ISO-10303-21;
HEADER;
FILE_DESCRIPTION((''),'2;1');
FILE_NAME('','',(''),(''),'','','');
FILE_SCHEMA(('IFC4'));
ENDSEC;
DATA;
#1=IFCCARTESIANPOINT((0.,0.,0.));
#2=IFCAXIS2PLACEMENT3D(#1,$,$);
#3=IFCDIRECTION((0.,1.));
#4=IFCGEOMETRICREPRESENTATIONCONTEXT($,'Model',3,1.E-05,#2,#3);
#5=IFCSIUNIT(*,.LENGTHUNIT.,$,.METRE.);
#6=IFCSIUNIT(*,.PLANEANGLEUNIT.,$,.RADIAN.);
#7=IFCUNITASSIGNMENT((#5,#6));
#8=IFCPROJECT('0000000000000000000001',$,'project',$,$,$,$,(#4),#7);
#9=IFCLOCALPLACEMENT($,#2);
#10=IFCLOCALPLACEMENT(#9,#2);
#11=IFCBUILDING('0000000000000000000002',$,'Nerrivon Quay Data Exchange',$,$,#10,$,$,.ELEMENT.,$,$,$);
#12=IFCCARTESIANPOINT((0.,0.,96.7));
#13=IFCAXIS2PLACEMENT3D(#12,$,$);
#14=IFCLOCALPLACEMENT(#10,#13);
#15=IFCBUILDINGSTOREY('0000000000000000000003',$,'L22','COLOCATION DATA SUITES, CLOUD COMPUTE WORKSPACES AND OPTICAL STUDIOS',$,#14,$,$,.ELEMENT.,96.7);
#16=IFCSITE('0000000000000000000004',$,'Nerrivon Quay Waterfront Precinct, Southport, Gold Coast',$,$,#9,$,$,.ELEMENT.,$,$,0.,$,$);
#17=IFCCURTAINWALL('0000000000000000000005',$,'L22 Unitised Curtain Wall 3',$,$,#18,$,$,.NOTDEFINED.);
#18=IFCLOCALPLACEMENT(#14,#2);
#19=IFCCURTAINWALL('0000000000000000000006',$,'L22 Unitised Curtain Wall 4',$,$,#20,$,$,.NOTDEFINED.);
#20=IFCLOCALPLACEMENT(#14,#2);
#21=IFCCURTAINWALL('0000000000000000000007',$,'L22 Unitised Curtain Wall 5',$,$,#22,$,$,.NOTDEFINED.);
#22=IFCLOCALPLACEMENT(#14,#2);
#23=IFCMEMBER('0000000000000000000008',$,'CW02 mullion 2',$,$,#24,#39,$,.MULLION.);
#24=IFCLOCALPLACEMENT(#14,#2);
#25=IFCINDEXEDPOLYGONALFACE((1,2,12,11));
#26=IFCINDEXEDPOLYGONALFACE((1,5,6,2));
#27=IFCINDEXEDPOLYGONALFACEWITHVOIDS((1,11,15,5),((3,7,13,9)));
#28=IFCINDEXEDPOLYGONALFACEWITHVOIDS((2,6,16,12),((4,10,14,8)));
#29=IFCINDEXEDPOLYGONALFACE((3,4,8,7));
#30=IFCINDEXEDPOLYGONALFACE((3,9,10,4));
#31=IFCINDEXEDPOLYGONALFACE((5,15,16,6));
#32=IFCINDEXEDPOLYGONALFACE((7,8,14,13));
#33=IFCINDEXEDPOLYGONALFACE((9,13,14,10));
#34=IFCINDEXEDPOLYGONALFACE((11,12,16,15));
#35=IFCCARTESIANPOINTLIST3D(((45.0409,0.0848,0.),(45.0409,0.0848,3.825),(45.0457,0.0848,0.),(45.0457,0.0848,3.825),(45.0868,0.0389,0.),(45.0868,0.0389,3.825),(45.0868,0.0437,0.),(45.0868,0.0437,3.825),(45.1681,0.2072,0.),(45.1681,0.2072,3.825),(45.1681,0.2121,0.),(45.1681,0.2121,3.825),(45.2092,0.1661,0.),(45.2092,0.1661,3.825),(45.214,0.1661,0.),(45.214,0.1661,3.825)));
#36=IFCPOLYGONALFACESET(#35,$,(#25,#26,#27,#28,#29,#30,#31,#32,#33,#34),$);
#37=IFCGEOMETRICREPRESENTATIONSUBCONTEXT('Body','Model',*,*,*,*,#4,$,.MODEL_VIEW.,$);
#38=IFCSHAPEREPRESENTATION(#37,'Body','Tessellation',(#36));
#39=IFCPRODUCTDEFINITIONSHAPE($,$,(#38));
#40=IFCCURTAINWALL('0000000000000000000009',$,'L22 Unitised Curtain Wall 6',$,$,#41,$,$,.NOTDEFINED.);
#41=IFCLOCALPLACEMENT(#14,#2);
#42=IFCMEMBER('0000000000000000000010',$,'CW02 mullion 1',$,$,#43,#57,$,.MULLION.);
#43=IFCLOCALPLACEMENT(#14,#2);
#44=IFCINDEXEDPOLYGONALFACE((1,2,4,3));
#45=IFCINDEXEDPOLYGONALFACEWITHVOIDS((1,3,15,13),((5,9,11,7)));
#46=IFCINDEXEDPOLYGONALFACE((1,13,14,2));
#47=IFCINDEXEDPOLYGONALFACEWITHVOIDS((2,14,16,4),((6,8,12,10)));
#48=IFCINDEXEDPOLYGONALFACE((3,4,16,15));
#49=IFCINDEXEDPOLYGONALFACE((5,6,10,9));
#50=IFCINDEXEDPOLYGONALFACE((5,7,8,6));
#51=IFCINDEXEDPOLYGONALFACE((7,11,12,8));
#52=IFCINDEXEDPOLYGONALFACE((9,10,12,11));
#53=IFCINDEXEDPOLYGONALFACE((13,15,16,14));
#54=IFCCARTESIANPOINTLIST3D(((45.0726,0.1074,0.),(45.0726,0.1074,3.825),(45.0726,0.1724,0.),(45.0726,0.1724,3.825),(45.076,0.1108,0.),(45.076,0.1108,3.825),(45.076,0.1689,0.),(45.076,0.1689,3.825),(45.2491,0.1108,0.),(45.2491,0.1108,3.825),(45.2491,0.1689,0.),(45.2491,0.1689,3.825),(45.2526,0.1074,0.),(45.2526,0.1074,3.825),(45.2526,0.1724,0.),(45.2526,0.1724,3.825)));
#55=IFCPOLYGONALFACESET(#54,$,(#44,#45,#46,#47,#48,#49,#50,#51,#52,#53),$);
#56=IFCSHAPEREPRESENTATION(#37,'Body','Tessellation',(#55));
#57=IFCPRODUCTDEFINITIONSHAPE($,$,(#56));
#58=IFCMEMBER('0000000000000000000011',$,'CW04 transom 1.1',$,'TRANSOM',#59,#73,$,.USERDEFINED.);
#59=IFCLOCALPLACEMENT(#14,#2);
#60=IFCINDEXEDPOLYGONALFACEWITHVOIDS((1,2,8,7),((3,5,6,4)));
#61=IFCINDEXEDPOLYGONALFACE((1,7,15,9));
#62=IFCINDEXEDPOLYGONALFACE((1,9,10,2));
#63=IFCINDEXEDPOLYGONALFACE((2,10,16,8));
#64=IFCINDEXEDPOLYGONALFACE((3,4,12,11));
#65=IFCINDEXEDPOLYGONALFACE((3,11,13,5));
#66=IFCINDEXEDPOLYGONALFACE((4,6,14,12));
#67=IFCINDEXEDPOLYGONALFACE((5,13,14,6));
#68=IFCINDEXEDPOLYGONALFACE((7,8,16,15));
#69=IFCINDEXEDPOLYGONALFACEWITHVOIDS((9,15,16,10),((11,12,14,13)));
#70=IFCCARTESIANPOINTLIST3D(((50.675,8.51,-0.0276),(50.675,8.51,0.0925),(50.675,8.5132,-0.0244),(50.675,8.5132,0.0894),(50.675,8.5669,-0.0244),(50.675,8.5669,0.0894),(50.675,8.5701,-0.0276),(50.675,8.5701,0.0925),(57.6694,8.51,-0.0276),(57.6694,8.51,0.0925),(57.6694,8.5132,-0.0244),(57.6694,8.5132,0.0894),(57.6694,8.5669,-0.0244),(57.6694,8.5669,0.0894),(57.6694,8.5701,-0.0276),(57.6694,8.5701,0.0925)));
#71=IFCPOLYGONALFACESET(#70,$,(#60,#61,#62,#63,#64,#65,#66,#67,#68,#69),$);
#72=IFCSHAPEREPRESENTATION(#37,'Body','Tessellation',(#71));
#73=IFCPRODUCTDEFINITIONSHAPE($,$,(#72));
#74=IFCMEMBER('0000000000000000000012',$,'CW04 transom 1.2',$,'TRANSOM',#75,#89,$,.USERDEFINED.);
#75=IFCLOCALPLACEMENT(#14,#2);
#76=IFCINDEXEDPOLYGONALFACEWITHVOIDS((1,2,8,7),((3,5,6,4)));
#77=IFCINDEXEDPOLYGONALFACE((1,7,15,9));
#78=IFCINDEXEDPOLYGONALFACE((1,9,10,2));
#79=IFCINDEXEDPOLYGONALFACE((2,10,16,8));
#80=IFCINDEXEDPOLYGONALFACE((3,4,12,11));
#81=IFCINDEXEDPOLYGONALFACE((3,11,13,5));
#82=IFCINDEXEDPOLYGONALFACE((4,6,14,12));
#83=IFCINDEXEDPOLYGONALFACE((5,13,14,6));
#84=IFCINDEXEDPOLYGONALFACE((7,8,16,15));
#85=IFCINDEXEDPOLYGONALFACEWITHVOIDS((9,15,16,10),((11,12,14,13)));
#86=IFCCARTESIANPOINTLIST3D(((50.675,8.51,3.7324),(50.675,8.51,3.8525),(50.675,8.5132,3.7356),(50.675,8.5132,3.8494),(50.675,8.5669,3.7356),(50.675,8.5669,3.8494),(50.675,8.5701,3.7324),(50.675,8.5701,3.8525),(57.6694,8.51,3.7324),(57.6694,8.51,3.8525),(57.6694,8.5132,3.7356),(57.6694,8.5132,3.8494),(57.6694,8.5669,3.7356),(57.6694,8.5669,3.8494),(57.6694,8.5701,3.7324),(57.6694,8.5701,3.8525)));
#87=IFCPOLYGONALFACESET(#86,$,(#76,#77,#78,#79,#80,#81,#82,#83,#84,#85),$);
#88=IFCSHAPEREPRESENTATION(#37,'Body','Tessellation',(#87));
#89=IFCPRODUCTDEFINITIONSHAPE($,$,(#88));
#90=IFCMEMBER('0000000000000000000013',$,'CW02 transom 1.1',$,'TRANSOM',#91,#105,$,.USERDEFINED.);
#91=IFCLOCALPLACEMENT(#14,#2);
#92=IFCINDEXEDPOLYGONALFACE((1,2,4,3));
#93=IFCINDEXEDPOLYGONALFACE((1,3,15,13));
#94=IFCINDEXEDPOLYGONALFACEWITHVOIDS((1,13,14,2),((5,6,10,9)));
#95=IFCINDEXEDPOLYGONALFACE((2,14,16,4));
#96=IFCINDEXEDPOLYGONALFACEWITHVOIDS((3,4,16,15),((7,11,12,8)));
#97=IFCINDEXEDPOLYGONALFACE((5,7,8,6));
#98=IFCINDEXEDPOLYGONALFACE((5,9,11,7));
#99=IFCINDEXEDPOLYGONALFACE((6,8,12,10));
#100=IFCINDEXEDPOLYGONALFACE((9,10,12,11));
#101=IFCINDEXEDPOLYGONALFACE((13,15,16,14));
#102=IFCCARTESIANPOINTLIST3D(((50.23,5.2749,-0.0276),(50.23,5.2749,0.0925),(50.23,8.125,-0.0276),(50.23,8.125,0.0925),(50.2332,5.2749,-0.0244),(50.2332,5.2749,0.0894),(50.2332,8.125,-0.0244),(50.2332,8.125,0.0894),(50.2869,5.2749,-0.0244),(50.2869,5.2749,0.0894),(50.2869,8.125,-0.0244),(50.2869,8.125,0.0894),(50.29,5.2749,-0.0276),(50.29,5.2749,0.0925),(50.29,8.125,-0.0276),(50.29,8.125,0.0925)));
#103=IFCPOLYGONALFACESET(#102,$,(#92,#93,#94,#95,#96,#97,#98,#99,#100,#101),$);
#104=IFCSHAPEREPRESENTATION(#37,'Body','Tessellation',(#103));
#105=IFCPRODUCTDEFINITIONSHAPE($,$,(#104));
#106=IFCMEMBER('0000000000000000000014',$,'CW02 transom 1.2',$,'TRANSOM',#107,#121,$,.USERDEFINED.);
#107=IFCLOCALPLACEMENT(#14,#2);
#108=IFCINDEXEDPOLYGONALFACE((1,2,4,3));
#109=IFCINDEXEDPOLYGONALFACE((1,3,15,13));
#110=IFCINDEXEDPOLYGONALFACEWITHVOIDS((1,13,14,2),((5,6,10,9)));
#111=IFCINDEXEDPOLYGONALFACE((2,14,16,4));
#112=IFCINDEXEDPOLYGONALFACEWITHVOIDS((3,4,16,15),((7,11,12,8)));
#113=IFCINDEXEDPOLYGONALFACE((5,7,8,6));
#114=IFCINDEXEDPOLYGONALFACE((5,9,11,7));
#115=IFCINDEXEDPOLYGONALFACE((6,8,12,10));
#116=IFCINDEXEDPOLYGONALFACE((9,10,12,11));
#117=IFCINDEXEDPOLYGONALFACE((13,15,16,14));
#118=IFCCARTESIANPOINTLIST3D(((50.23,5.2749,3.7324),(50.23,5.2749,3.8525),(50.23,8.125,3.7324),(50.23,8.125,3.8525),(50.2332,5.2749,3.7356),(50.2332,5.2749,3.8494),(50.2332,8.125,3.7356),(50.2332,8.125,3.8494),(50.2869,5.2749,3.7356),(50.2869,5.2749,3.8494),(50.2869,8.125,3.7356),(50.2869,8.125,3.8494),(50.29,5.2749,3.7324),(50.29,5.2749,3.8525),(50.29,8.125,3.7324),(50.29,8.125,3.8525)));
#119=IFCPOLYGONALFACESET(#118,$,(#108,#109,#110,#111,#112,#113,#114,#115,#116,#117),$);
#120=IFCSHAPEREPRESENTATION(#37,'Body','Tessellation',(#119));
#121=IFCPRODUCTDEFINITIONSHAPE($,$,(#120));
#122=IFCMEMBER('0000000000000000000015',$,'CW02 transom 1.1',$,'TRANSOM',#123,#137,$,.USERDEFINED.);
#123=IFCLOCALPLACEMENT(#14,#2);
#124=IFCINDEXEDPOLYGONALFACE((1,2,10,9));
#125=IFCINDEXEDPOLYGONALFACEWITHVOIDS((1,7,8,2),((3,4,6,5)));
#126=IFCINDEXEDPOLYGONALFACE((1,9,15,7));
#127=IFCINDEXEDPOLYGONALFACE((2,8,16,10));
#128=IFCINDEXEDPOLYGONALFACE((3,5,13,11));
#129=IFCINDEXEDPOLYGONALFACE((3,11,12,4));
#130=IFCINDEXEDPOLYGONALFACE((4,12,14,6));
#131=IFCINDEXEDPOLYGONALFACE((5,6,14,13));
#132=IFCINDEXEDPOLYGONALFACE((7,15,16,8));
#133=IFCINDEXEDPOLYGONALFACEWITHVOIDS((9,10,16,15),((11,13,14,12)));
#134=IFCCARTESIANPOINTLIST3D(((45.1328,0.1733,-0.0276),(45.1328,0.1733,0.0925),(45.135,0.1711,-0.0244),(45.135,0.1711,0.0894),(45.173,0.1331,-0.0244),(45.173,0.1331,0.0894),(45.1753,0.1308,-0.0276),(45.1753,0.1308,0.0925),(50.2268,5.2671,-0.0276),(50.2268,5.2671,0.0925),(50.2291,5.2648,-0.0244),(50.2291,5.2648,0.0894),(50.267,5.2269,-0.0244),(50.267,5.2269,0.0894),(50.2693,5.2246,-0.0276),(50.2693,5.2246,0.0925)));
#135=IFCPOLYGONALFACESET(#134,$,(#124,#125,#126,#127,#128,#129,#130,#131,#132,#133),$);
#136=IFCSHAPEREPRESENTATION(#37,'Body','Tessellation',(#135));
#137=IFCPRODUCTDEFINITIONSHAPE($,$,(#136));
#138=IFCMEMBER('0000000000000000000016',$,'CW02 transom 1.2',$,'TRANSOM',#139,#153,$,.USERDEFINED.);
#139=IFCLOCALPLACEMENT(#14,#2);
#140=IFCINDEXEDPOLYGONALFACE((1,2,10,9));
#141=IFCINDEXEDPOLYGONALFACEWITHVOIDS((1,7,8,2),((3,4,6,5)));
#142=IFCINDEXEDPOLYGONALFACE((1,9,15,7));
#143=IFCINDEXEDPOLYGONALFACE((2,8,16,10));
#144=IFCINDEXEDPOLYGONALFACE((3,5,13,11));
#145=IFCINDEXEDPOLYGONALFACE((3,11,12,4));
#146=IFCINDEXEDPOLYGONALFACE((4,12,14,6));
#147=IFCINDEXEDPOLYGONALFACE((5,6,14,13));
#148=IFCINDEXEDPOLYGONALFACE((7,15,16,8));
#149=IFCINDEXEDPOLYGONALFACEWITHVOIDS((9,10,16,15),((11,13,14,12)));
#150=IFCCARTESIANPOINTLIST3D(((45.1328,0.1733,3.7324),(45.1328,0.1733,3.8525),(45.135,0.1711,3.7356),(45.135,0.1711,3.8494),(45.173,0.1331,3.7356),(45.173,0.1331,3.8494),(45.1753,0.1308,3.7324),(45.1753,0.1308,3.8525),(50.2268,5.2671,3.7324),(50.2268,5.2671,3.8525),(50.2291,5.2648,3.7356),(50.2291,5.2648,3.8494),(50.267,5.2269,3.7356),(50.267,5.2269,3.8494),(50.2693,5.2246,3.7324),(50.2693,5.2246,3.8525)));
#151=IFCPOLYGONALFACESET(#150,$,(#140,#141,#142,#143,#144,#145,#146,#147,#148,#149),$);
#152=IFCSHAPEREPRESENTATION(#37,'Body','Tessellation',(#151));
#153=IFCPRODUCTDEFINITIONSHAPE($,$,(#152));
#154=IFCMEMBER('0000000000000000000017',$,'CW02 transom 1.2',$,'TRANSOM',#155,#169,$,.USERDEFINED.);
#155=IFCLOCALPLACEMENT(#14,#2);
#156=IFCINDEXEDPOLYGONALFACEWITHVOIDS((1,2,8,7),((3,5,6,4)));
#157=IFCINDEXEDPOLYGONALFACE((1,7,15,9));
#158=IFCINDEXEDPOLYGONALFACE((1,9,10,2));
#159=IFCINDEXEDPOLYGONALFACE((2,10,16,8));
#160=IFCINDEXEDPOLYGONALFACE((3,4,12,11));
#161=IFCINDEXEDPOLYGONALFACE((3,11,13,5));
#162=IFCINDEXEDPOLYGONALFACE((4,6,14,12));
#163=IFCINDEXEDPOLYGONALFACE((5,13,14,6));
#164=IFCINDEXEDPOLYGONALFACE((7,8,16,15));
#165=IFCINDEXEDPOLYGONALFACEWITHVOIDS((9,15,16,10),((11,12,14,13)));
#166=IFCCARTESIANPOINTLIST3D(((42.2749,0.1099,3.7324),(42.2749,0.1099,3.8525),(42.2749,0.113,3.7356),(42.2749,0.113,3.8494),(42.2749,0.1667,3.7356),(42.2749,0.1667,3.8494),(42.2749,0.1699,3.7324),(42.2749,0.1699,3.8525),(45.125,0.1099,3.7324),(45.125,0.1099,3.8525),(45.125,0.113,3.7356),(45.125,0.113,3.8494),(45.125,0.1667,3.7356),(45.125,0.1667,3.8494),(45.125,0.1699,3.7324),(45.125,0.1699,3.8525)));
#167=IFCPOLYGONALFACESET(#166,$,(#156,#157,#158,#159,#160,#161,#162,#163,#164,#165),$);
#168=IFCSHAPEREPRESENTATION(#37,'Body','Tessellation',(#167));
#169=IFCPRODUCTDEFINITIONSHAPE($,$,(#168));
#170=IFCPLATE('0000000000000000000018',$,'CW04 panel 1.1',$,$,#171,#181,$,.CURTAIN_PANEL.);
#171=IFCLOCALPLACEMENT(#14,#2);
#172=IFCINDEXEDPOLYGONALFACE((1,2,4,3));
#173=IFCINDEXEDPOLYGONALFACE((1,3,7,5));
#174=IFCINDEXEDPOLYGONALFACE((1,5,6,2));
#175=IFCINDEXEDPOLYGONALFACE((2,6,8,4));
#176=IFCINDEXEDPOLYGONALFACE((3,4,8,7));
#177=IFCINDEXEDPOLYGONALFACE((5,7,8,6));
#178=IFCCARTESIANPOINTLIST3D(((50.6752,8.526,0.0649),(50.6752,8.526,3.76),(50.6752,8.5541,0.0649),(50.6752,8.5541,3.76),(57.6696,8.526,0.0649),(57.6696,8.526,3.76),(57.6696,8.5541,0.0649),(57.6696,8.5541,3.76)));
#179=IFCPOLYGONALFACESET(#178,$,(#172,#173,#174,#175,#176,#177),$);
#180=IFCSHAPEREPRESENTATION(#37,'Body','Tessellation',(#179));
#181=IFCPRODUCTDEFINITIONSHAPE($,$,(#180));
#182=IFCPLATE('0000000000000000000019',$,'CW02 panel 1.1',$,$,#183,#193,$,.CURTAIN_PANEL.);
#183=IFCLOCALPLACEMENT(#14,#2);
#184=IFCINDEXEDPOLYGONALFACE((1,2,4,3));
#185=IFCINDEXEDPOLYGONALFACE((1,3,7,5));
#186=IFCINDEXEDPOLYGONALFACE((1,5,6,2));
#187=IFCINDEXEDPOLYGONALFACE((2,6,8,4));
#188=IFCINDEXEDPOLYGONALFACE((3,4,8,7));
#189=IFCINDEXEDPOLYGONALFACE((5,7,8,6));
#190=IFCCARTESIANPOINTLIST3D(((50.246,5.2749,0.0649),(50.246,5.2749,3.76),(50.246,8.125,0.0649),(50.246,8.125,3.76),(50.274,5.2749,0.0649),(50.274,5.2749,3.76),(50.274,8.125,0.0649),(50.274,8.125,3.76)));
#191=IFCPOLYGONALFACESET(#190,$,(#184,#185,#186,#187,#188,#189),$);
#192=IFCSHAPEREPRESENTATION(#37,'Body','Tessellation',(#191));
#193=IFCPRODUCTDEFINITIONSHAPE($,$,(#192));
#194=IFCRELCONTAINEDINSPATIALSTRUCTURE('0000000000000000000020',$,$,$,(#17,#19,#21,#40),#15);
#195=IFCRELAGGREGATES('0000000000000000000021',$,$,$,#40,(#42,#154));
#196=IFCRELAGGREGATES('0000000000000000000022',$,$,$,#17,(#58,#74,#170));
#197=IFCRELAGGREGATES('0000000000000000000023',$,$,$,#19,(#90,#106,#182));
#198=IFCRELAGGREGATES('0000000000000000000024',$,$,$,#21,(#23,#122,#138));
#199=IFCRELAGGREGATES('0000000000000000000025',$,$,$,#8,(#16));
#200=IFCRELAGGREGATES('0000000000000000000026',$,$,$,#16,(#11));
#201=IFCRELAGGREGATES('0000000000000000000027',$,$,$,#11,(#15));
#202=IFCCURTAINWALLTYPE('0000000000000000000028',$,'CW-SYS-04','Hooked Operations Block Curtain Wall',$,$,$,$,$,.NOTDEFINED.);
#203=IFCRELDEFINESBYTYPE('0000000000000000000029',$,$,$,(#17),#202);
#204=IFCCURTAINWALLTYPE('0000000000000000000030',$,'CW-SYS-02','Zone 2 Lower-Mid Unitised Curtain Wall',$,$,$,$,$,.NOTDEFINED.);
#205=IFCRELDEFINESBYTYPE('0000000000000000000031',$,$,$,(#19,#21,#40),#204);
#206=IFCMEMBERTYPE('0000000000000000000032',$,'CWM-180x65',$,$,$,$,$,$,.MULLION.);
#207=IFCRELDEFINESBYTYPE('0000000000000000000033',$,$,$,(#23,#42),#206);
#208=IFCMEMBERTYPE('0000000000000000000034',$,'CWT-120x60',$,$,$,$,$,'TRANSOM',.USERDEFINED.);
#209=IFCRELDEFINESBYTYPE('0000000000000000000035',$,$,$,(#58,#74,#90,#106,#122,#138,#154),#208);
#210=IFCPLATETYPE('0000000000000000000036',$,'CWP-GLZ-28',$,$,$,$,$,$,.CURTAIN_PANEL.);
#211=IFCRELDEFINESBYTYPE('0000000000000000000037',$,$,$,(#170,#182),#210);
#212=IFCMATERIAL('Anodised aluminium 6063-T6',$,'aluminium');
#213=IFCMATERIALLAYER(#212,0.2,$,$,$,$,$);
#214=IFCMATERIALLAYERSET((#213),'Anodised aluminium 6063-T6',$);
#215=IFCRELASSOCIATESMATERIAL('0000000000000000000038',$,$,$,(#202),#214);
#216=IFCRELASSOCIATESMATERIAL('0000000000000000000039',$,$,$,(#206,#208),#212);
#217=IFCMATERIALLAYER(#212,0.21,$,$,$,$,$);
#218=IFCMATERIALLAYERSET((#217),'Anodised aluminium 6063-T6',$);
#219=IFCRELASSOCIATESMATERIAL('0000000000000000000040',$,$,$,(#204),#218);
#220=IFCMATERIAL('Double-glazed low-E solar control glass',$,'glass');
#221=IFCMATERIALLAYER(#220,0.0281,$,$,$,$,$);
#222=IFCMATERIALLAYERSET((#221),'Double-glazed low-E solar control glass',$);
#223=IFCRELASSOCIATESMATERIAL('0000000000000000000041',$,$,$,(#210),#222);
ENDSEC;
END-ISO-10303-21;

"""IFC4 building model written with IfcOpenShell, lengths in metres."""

from ifc_helpers import new_model, si_unit, direction, frame, origin, origin_2d, place, context, subcontext, project, spatial, rectangle, hollow_rectangle, extrude, material, layer, layer_set, material_profile, profile_set, type_object, element, aggregate, save


model = new_model("IFC4")

# Units and contexts
model_context = context("Model", 3, precision=1e-05, world=origin(), true_north=direction((0.0, 1.0)))
body_context = subcontext(model_context, "Body", "Model", "MODEL_VIEW")
ifc_project = project(units=[si_unit("LENGTHUNIT", "METRE"), si_unit("PLANEANGLEUNIT", "RADIAN")], contexts=[model_context])

# Site, building, storey
site_placement = place(None, origin())
site = spatial("IfcSite", under=ifc_project, at=site_placement, Name="Nerrivon Quay Waterfront Precinct, Southport, Gold Coast", CompositionType="ELEMENT", RefElevation=0.0)
building_placement = place(site_placement, origin())
building = spatial("IfcBuilding", under=site, at=building_placement, Name="Nerrivon Quay Data Exchange", CompositionType="ELEMENT")
storey_placement = place(building_placement, frame((0.0, 0.0, 96.7)))
storey = spatial("IfcBuildingStorey", under=building, at=storey_placement, Name="L22", Description="COLOCATION DATA SUITES, CLOUD COMPUTE WORKSPACES AND OPTICAL STUDIOS", CompositionType="ELEMENT", Elevation=96.7)

# Curtain walls, member
ifc_material_1 = material(Name="Anodised aluminium 6063-T6", Category="aluminium")
ifc_layer_1 = layer(ifc_material_1, 0.2)
ifc_layer_set_1 = layer_set([ifc_layer_1], Name="Anodised aluminium 6063-T6")
curtain_wall_type_1 = type_object("IfcCurtainWallType", Name="CW-SYS-04", Description="Hooked Operations Block Curtain Wall", PredefinedType="NOTDEFINED", material=ifc_layer_set_1)
curtain_wall_1_placement = place(storey_placement, origin())
curtain_wall_1 = element("IfcCurtainWall", 1, at=curtain_wall_1_placement, inside=storey, type_object=curtain_wall_type_1, Name="L22 Unitised Curtain Wall 3", PredefinedType="NOTDEFINED")
ifc_material_profile_1 = material_profile(ifc_material_1, hollow_rectangle(XDim=0.0649, YDim=0.1799, WallThickness=0.0034, at=origin_2d()), Name="ALU-MULL-180x65")
ifc_profile_set_1 = profile_set([ifc_material_profile_1], Name="Anodised aluminium 6063-T6")
member_type_1 = type_object("IfcMemberType", Name="CWM-180x65", PredefinedType="MULLION", material=ifc_profile_set_1)
ifc_layer_2 = layer(ifc_material_1, 0.21)
ifc_layer_set_2 = layer_set([ifc_layer_2], Name="Anodised aluminium 6063-T6")
curtain_wall_type_2 = type_object("IfcCurtainWallType", Name="CW-SYS-02", Description="Zone 2 Lower-Mid Unitised Curtain Wall", PredefinedType="NOTDEFINED", material=ifc_layer_set_2)
curtain_wall_2_placement = place(storey_placement, origin())
curtain_wall_2 = element("IfcCurtainWall", 2, at=curtain_wall_2_placement, inside=storey, type_object=curtain_wall_type_2, Name="L22 Unitised Curtain Wall 4", PredefinedType="NOTDEFINED")
curtain_wall_3_placement = place(storey_placement, origin())
curtain_wall_3 = element("IfcCurtainWall", 3, at=curtain_wall_3_placement, inside=storey, type_object=curtain_wall_type_2, Name="L22 Unitised Curtain Wall 5", PredefinedType="NOTDEFINED")
member_1_placement = place(storey_placement, frame((45.1274, 0.1255, 0.0), z_axis=(0.0, 0.0, 1.0), x_axis=(0.707107, -0.707107, 0.0)))
member_1 = element("IfcMember", 4, at=member_1_placement, type_object=member_type_1, Name="CW02 mullion 2", PredefinedType="MULLION", context=body_context, shape_type="SweptSolid", body=[
    extrude(hollow_rectangle(XDim=0.0649, YDim=0.1799, WallThickness=0.0034, at=origin_2d()), origin(), (0.0, 0.0, 1.0), 3.825),
])

# Curtain wall, member
curtain_wall_4_placement = place(storey_placement, origin())
curtain_wall_4 = element("IfcCurtainWall", 5, at=curtain_wall_4_placement, inside=storey, type_object=curtain_wall_type_2, Name="L22 Unitised Curtain Wall 6", PredefinedType="NOTDEFINED")
member_2_placement = place(storey_placement, frame((45.1626, 0.1399, 0.0), z_axis=(0.0, 0.0, 1.0), x_axis=(0.0, -1.0, 0.0)))
member_2 = element("IfcMember", 6, at=member_2_placement, type_object=member_type_1, Name="CW02 mullion 1", PredefinedType="MULLION", context=body_context, shape_type="SweptSolid", body=[
    extrude(hollow_rectangle(XDim=0.0649, YDim=0.1799, WallThickness=0.0034, at=origin_2d()), origin(), (0.0, 0.0, 1.0), 3.825),
])

# Members
ifc_material_profile_2 = material_profile(ifc_material_1, hollow_rectangle(XDim=0.0601, YDim=0.1201, WallThickness=0.0032, at=origin_2d()), Name="ALU-TRAN-120x60")
ifc_profile_set_2 = profile_set([ifc_material_profile_2], Name="Anodised aluminium 6063-T6")
member_type_2 = type_object("IfcMemberType", Name="CWT-120x60", ElementType="TRANSOM", PredefinedType="USERDEFINED", material=ifc_profile_set_2)
member_3_placement = place(storey_placement, frame((57.6694, 8.54, 0.0325), z_axis=(-1.0, 0.0, 0.0), x_axis=(0.0, -1.0, 0.0)))
member_3 = element("IfcMember", 7, at=member_3_placement, type_object=member_type_2, Name="CW04 transom 1.1", ObjectType="TRANSOM", PredefinedType="USERDEFINED", context=body_context, shape_type="SweptSolid", body=[
    extrude(hollow_rectangle(XDim=0.0601, YDim=0.1201, WallThickness=0.0032, at=origin_2d()), origin(), (0.0, 0.0, 1.0), 6.9944),
])
member_4_placement = place(storey_placement, frame((57.6694, 8.54, 3.7925), z_axis=(-1.0, 0.0, 0.0), x_axis=(0.0, -1.0, 0.0)))
member_4 = element("IfcMember", 8, at=member_4_placement, type_object=member_type_2, Name="CW04 transom 1.2", ObjectType="TRANSOM", PredefinedType="USERDEFINED", context=body_context, shape_type="SweptSolid", body=[
    extrude(hollow_rectangle(XDim=0.0601, YDim=0.1201, WallThickness=0.0032, at=origin_2d()), origin(), (0.0, 0.0, 1.0), 6.9944),
])
member_5_placement = place(storey_placement, frame((50.26, 8.125, 0.0325), z_axis=(0.0, -1.0, 0.0), x_axis=(1.0, 0.0, 0.0)))
member_5 = element("IfcMember", 9, at=member_5_placement, type_object=member_type_2, Name="CW02 transom 1.1", ObjectType="TRANSOM", PredefinedType="USERDEFINED", context=body_context, shape_type="SweptSolid", body=[
    extrude(hollow_rectangle(XDim=0.0601, YDim=0.1201, WallThickness=0.0032, at=origin_2d()), origin(), (0.0, 0.0, 1.0), 2.8501),
])
member_6_placement = place(storey_placement, frame((50.26, 8.125, 3.7925), z_axis=(0.0, -1.0, 0.0), x_axis=(1.0, 0.0, 0.0)))
member_6 = element("IfcMember", 10, at=member_6_placement, type_object=member_type_2, Name="CW02 transom 1.2", ObjectType="TRANSOM", PredefinedType="USERDEFINED", context=body_context, shape_type="SweptSolid", body=[
    extrude(hollow_rectangle(XDim=0.0601, YDim=0.1201, WallThickness=0.0032, at=origin_2d()), origin(), (0.0, 0.0, 1.0), 2.8501),
])
member_7_placement = place(storey_placement, frame((50.248, 5.2458, 0.0325), z_axis=(-0.707124, -0.70709, 0.0), x_axis=(0.70709, -0.707124, 0.0)))
member_7 = element("IfcMember", 11, at=member_7_placement, type_object=member_type_2, Name="CW02 transom 1.1", ObjectType="TRANSOM", PredefinedType="USERDEFINED", context=body_context, shape_type="SweptSolid", body=[
    extrude(hollow_rectangle(XDim=0.0601, YDim=0.1201, WallThickness=0.0032, at=origin_2d()), origin(), (0.0, 0.0, 1.0), 7.2039),
])
member_8_placement = place(storey_placement, frame((50.248, 5.2458, 3.7925), z_axis=(-0.707124, -0.70709, 0.0), x_axis=(0.70709, -0.707124, 0.0)))
member_8 = element("IfcMember", 12, at=member_8_placement, type_object=member_type_2, Name="CW02 transom 1.2", ObjectType="TRANSOM", PredefinedType="USERDEFINED", context=body_context, shape_type="SweptSolid", body=[
    extrude(hollow_rectangle(XDim=0.0601, YDim=0.1201, WallThickness=0.0032, at=origin_2d()), origin(), (0.0, 0.0, 1.0), 7.2039),
])
member_9_placement = place(storey_placement, frame((45.125, 0.1399, 3.7925), z_axis=(-1.0, 0.0, 0.0), x_axis=(0.0, -1.0, 0.0)))
member_9 = element("IfcMember", 13, at=member_9_placement, type_object=member_type_2, Name="CW02 transom 1.2", ObjectType="TRANSOM", PredefinedType="USERDEFINED", context=body_context, shape_type="SweptSolid", body=[
    extrude(hollow_rectangle(XDim=0.0601, YDim=0.1201, WallThickness=0.0032, at=origin_2d()), origin(), (0.0, 0.0, 1.0), 2.8501),
])
aggregate(curtain_wall_4, [member_2, member_9])

# Plates
ifc_material_2 = material(Name="Double-glazed low-E solar control glass", Category="glass")
ifc_layer_3 = layer(ifc_material_2, 0.0281)
ifc_layer_set_3 = layer_set([ifc_layer_3], Name="Double-glazed low-E solar control glass")
plate_type = type_object("IfcPlateType", Name="CWP-GLZ-28", PredefinedType="CURTAIN_PANEL", material=ifc_layer_set_3)
plate_1_placement = place(storey_placement, frame((54.1724, 8.54, 0.0649), z_axis=(0.0, 0.0, 1.0), x_axis=(-1.0, 0.0, 0.0)))
plate_1 = element("IfcPlate", 14, at=plate_1_placement, type_object=plate_type, Name="CW04 panel 1.1", PredefinedType="CURTAIN_PANEL", context=body_context, shape_type="SweptSolid", body=[
    extrude(rectangle(XDim=6.9944, YDim=0.0281, at=origin_2d()), origin(), (0.0, 0.0, 1.0), 3.6951),
])
aggregate(curtain_wall_1, [member_3, member_4, plate_1])
plate_2_placement = place(storey_placement, frame((50.26, 6.7, 0.0649), z_axis=(0.0, 0.0, 1.0), x_axis=(0.0, -1.0, 0.0)))
plate_2 = element("IfcPlate", 15, at=plate_2_placement, type_object=plate_type, Name="CW02 panel 1.1", PredefinedType="CURTAIN_PANEL", context=body_context, shape_type="SweptSolid", body=[
    extrude(rectangle(XDim=2.8501, YDim=0.0281, at=origin_2d()), origin(), (0.0, 0.0, 1.0), 3.6951),
])
aggregate(curtain_wall_2, [member_5, member_6, plate_2])
aggregate(curtain_wall_3, [member_1, member_7, member_8])

save(model, "model.ifc")
